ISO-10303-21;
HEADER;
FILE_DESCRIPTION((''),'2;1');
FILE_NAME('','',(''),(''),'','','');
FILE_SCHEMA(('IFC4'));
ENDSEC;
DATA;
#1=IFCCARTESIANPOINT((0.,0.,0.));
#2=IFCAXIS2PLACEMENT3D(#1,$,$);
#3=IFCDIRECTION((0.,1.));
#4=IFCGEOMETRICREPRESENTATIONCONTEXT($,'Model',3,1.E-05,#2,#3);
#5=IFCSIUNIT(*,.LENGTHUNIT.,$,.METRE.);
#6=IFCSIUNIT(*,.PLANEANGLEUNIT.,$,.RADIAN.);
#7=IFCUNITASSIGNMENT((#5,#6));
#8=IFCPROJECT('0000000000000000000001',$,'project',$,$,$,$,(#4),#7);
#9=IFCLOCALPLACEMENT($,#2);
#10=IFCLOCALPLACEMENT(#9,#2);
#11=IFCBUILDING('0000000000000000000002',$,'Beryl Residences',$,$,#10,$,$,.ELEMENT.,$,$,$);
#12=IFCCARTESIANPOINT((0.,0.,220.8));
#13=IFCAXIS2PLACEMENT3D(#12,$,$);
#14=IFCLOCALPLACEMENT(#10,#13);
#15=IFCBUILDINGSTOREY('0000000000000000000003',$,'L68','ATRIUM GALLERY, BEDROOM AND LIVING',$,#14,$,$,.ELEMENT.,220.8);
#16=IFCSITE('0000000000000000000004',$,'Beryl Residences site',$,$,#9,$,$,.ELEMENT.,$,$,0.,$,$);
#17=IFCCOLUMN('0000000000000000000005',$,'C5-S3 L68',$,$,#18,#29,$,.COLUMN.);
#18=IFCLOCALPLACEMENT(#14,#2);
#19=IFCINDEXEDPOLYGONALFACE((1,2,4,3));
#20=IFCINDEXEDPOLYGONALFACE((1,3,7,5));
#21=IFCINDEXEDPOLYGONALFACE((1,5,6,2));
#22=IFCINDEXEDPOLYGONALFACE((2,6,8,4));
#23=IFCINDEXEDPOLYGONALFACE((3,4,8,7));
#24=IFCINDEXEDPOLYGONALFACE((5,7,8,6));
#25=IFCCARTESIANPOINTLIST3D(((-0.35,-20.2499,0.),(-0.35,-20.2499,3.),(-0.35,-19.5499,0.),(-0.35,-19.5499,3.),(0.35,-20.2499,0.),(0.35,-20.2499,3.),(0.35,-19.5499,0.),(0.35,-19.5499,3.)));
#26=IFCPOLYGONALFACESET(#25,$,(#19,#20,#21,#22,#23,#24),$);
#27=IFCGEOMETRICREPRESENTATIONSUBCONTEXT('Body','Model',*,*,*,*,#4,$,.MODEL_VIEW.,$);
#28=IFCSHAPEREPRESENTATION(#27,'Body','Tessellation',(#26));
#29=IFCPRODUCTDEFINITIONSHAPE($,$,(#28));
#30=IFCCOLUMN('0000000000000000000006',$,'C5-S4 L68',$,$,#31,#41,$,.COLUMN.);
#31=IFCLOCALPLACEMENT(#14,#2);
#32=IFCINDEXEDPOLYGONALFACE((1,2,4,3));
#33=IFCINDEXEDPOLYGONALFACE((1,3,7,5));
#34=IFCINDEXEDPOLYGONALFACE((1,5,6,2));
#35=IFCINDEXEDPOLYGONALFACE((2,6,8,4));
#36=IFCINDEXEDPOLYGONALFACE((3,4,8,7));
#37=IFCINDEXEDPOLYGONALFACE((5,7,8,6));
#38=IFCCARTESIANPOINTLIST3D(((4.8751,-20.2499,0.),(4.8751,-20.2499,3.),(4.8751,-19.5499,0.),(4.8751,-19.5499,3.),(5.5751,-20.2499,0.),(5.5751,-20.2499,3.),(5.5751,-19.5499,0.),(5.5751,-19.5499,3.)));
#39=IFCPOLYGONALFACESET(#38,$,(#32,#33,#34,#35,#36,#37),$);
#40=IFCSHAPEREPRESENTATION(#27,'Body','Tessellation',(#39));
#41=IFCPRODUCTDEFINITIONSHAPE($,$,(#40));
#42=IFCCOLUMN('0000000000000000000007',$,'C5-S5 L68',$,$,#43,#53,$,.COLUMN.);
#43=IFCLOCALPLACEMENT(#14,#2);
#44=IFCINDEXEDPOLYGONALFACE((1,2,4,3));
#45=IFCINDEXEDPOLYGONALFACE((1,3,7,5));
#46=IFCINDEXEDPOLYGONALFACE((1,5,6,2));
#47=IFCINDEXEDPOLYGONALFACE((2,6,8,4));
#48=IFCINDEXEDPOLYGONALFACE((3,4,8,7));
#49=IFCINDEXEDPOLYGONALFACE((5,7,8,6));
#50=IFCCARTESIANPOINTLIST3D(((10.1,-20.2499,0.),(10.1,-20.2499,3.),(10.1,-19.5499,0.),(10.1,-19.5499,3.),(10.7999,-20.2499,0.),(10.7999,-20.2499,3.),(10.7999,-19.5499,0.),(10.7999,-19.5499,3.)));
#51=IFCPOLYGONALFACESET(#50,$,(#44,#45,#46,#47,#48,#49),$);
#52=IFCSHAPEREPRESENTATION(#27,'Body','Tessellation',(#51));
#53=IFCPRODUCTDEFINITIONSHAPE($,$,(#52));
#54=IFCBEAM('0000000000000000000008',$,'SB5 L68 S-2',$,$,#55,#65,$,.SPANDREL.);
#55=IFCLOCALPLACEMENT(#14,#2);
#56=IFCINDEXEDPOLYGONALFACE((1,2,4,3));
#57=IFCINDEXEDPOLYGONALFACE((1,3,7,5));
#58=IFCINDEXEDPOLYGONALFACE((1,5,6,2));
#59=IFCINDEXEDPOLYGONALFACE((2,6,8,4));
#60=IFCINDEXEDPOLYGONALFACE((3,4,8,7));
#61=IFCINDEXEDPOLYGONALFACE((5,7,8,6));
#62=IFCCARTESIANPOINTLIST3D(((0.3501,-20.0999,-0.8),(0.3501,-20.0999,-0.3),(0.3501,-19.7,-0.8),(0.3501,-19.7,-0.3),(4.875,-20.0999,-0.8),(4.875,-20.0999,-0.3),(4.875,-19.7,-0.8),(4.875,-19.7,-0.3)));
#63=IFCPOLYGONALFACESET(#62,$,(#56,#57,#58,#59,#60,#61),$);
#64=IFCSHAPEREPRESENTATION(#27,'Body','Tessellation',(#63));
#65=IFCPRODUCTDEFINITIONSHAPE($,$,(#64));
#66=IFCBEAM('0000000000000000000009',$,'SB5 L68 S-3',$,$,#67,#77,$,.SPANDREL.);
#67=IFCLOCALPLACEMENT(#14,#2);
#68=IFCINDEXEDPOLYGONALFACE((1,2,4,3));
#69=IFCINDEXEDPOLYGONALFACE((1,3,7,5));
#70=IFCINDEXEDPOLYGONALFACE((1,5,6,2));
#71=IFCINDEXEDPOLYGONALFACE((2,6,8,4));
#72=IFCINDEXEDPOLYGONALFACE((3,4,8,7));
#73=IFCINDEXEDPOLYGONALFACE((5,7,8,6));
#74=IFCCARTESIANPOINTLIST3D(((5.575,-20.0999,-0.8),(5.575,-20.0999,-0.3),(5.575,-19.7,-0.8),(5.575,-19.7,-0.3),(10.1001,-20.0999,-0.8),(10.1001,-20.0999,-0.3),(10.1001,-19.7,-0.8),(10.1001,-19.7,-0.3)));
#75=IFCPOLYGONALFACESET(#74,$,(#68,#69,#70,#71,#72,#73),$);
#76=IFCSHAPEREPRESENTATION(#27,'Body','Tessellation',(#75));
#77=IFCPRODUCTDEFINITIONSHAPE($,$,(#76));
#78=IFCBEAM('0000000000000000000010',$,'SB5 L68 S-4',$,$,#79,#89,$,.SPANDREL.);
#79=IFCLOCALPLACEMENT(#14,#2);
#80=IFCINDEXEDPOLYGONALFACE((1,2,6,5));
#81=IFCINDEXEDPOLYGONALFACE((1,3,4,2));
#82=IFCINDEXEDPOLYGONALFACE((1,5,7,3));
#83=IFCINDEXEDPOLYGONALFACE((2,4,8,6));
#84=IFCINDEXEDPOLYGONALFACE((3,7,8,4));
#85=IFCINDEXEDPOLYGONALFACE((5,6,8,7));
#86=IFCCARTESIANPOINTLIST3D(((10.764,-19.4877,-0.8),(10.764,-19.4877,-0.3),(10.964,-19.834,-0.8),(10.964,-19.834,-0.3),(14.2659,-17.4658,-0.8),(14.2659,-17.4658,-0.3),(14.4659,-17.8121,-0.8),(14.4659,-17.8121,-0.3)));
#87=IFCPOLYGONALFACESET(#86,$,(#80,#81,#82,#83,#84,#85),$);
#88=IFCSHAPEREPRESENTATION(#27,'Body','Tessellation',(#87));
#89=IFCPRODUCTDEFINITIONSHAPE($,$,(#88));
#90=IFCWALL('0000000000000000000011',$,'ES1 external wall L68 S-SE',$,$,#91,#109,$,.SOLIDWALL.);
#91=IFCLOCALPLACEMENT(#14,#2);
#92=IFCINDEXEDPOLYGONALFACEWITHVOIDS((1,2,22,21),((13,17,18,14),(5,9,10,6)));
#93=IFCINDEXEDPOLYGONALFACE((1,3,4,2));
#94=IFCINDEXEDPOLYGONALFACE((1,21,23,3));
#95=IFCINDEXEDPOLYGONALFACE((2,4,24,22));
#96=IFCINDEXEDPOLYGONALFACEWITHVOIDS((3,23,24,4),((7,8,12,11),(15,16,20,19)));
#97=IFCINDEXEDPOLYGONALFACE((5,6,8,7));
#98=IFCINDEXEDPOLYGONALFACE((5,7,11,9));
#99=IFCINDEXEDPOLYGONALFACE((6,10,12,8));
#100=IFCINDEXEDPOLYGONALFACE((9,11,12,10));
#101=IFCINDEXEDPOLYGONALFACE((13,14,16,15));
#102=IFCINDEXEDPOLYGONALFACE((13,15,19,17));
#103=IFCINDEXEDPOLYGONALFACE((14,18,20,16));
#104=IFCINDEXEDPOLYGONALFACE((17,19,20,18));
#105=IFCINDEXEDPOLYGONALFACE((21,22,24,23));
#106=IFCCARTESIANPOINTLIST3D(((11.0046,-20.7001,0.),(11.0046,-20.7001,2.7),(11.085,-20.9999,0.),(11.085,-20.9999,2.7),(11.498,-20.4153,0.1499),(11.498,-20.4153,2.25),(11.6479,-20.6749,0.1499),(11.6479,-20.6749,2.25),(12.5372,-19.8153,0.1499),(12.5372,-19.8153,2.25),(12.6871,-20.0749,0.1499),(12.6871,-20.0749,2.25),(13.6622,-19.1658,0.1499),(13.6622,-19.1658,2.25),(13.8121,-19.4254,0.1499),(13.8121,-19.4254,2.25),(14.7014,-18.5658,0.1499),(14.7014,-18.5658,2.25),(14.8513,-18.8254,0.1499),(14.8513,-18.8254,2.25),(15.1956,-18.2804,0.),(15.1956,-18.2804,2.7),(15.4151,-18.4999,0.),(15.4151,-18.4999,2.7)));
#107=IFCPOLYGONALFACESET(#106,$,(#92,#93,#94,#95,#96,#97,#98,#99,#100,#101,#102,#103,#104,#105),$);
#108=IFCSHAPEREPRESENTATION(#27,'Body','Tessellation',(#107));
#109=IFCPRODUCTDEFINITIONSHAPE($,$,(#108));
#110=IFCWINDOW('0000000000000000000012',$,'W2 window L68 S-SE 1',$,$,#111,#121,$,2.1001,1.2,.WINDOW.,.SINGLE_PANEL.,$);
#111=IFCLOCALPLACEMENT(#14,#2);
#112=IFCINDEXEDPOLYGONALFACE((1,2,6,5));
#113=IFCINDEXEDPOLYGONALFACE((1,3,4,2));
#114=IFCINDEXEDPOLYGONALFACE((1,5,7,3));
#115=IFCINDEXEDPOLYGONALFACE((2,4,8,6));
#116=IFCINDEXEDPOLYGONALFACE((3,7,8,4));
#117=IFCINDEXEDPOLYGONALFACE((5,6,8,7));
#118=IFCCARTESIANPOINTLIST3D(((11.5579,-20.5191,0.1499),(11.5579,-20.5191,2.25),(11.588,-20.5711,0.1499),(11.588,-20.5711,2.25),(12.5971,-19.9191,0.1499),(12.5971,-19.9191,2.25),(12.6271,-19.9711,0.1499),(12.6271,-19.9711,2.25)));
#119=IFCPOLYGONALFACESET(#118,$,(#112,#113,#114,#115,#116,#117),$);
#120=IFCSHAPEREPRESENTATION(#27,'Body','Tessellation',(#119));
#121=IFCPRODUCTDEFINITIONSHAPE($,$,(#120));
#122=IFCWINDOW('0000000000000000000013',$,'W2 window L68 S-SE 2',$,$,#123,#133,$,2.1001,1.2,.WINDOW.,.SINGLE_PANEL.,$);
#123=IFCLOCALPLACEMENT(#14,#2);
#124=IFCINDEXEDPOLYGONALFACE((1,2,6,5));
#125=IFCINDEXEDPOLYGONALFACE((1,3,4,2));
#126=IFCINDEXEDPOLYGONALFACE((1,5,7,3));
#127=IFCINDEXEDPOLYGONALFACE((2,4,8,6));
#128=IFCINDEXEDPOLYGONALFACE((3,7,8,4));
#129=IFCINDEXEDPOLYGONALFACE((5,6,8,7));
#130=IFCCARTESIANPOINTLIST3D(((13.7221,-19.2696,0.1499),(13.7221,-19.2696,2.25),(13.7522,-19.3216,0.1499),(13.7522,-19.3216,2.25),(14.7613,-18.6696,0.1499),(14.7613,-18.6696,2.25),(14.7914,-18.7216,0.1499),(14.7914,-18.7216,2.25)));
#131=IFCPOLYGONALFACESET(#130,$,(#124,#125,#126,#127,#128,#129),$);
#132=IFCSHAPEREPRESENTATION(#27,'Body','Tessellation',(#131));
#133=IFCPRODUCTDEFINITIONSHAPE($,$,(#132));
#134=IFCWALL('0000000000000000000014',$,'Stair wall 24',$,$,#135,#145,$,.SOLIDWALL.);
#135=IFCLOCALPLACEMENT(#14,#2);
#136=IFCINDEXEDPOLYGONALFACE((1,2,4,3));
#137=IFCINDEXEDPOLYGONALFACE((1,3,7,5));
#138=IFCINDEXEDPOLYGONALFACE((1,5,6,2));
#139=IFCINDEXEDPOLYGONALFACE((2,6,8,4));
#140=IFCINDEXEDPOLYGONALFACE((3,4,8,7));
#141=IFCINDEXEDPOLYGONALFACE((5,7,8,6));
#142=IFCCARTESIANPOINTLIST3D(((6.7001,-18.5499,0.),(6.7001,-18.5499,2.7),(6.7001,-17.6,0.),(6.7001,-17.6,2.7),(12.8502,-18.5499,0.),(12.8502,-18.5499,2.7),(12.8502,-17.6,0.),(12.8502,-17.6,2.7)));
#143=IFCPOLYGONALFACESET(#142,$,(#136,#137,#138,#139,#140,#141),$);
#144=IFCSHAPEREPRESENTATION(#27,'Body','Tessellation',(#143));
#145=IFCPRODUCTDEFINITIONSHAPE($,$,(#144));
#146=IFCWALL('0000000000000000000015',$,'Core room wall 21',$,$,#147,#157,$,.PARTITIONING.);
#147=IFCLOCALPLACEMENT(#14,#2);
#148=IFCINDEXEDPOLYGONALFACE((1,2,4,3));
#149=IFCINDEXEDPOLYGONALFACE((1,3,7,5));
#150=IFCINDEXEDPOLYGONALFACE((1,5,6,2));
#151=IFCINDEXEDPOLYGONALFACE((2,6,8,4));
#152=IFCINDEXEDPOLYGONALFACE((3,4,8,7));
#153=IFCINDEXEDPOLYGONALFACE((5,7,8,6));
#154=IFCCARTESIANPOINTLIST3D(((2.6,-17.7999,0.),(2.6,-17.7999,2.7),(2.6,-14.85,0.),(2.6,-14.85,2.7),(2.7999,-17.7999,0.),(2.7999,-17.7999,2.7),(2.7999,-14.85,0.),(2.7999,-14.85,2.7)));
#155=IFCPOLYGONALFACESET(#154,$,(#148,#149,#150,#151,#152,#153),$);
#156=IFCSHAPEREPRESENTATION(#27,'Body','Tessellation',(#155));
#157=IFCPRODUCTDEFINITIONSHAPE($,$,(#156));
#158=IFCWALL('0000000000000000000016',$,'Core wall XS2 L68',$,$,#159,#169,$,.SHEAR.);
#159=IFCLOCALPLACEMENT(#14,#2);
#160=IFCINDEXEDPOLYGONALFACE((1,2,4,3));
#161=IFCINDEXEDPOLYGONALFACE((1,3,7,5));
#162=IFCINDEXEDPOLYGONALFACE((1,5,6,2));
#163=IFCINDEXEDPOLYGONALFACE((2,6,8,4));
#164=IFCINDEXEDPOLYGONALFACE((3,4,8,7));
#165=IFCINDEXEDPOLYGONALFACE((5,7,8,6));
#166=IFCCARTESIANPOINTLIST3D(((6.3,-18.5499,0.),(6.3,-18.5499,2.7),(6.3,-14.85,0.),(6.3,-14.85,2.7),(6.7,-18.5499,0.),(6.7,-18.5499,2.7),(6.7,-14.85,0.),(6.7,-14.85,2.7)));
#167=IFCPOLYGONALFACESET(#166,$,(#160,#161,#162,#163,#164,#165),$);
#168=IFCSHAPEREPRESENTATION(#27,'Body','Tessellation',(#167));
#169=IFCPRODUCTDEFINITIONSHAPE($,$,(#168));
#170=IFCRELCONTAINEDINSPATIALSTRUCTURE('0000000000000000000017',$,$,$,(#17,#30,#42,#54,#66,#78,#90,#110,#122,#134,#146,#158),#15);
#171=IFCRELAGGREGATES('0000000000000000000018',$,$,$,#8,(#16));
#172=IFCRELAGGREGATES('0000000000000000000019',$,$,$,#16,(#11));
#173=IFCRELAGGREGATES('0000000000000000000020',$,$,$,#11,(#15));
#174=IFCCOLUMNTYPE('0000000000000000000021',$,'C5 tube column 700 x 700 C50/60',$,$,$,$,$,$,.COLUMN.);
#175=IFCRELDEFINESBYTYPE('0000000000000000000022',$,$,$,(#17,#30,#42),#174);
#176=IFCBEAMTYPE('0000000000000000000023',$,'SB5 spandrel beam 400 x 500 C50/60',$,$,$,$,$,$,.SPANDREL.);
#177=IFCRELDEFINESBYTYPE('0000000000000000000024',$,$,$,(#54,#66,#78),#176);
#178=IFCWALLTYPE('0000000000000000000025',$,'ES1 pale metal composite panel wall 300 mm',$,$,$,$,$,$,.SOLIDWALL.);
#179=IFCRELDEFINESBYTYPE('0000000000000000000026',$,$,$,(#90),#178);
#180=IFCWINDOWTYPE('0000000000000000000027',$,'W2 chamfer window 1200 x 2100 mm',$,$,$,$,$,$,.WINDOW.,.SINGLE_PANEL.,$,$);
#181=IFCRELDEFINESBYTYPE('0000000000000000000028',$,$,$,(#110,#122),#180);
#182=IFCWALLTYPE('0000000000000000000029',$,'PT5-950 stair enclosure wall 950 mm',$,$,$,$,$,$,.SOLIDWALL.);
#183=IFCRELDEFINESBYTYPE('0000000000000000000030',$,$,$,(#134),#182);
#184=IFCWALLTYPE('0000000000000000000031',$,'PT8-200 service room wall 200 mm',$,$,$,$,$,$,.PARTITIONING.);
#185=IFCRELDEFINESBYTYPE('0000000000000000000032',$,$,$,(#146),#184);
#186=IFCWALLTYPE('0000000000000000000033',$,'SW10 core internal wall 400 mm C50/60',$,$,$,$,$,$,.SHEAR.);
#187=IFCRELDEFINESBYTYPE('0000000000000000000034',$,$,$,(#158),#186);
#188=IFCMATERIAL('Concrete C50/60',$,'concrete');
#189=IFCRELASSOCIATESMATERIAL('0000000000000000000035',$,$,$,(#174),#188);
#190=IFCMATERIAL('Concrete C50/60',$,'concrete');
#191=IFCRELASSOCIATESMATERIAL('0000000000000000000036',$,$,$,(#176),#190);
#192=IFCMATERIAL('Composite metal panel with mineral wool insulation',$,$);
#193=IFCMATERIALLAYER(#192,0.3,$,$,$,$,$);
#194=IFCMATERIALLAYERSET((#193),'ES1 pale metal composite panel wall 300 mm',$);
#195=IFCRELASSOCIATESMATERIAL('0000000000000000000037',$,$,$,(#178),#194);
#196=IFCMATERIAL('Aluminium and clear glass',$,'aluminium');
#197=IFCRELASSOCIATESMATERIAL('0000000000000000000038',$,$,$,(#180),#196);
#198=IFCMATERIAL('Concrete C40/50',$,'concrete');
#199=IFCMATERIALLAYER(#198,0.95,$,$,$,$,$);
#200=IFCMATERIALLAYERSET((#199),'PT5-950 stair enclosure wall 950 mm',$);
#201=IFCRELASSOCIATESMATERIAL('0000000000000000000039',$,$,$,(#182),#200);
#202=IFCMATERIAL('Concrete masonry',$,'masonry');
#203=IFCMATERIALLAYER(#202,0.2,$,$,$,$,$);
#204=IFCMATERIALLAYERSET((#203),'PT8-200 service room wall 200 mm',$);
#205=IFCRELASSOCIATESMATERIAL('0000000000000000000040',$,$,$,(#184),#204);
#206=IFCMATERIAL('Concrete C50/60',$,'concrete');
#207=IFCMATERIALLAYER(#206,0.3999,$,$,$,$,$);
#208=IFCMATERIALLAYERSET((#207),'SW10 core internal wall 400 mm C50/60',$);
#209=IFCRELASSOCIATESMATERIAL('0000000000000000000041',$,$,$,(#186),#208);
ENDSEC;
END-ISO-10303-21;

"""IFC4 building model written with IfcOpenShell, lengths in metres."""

from ifc_helpers import new_model, si_unit, direction, frame, frame_2d, origin, origin_2d, place, context, subcontext, project, spatial, polyline, rectangle, outline, extrude, material, layer, layer_set, material_profile, profile_set, type_object, element, fill, save


model = new_model("IFC4")

# Units and contexts
model_context = context("Model", 3, precision=1e-05, world=origin(), true_north=direction((0.0, 1.0)))
body_context = subcontext(model_context, "Body", "Model", "MODEL_VIEW")
ifc_project = project(units=[si_unit("LENGTHUNIT", "METRE"), si_unit("PLANEANGLEUNIT", "RADIAN")], contexts=[model_context])

# Site, building, storey
site_placement = place(None, origin())
site = spatial("IfcSite", under=ifc_project, at=site_placement, Name="Beryl Residences site", CompositionType="ELEMENT", RefElevation=0.0)
building_placement = place(site_placement, origin())
building = spatial("IfcBuilding", under=site, at=building_placement, Name="Beryl Residences", CompositionType="ELEMENT")
storey_placement = place(building_placement, frame((0.0, 0.0, 220.8)))
storey = spatial("IfcBuildingStorey", under=building, at=storey_placement, Name="L68", Description="ATRIUM GALLERY, BEDROOM AND LIVING", CompositionType="ELEMENT", Elevation=220.8)

# Columns
ifc_material_1 = material(Name="Concrete C50/60", Category="concrete")
ifc_material_profile_1 = material_profile(ifc_material_1, rectangle(XDim=0.7, YDim=0.7, at=origin_2d()))
ifc_profile_set_1 = profile_set([ifc_material_profile_1], Name="Concrete C50/60")
column_type = type_object("IfcColumnType", Name="C5 tube column 700 x 700 C50/60", PredefinedType="COLUMN", material=ifc_profile_set_1)
for number, where, z_axis, x_axis, name in (
    (1, (0.0, -19.8999, 0.0), (0.0, 0.0, 1.0), (1.0, 0.0, 0.0), "C5-S3 L68"),
    (2, (5.2251, -19.8999, 0.0), (0.0, 0.0, 1.0), (1.0, 0.0, 0.0), "C5-S4 L68"),
    (3, (10.45, -19.8999, 0.0), (0.0, 0.0, 1.0), (1.0, 0.0, 0.0), "C5-S5 L68"),
):
    element("IfcColumn", number, at=place(storey_placement, frame(where, z_axis=z_axis, x_axis=x_axis)), inside=storey, type_object=column_type, Name=name, PredefinedType="COLUMN", context=body_context, shape_type="SweptSolid", body=[
        extrude(rectangle(XDim=0.7, YDim=0.7, at=origin_2d()), origin(), (0.0, 0.0, 1.0), 3.0),
    ])

# Beams
ifc_material_2 = material(Name="Concrete C50/60", Category="concrete")
ifc_material_profile_2 = material_profile(ifc_material_2, rectangle(XDim=0.3999, YDim=0.5, at=origin_2d()))
ifc_profile_set_2 = profile_set([ifc_material_profile_2], Name="Concrete C50/60")
beam_type = type_object("IfcBeamType", Name="SB5 spandrel beam 400 x 500 C50/60", PredefinedType="SPANDREL", material=ifc_profile_set_2)
beam_1_placement = place(storey_placement, frame((0.3501, -19.8999, -0.55), z_axis=(1.0, 0.0, 0.0), x_axis=(0.0, 1.0, 0.0)))
element("IfcBeam", 4, at=beam_1_placement, inside=storey, type_object=beam_type, Name="SB5 L68 S-2", PredefinedType="SPANDREL", context=body_context, shape_type="SweptSolid", body=[
    extrude(rectangle(XDim=0.3999, YDim=0.5, at=origin_2d()), origin(), (0.0, 0.0, 1.0), 4.5249),
])
beam_2_placement = place(storey_placement, frame((5.575, -19.8999, -0.55), z_axis=(1.0, 0.0, 0.0), x_axis=(0.0, 1.0, 0.0)))
element("IfcBeam", 5, at=beam_2_placement, inside=storey, type_object=beam_type, Name="SB5 L68 S-3", PredefinedType="SPANDREL", context=body_context, shape_type="SweptSolid", body=[
    extrude(rectangle(XDim=0.3999, YDim=0.5, at=origin_2d()), origin(), (0.0, 0.0, 1.0), 4.5251),
])
beam_3_placement = place(storey_placement, frame((10.864, -19.6609, -0.55), z_axis=(0.866013, 0.500022, 0.0), x_axis=(-0.500022, 0.866013, 0.0)))
element("IfcBeam", 6, at=beam_3_placement, inside=storey, type_object=beam_type, Name="SB5 L68 S-4", PredefinedType="SPANDREL", context=body_context, shape_type="SweptSolid", body=[
    extrude(rectangle(XDim=0.3999, YDim=0.5, at=origin_2d()), origin(), (0.0, 0.0, 1.0), 4.0437),
])

# Wall, openings, windows
ifc_material_3 = material(Name="Composite metal panel with mineral wool insulation")
ifc_layer_1 = layer(ifc_material_3, 0.3)
ifc_layer_set_1 = layer_set([ifc_layer_1], Name="ES1 pale metal composite panel wall 300 mm")
wall_type_1 = type_object("IfcWallType", Name="ES1 pale metal composite panel wall 300 mm", PredefinedType="SOLIDWALL", material=ifc_layer_set_1)
wall_1_placement = place(storey_placement, frame((11.01, -20.8701, 0.0), z_axis=(0.0, 0.0, 1.0), x_axis=(0.866023, 0.500004, 0.0)))
wall_1 = element("IfcWall", 7, at=wall_1_placement, inside=storey, type_object=wall_type_1, Name="ES1 external wall L68 S-SE", PredefinedType="SOLIDWALL", context=body_context, shape_type="SweptSolid", body=[
    extrude(outline(polyline([(0.0, -0.1499), (5.0, -0.1499), (4.9197, 0.1499), (0.0803, 0.1499), (0.0, -0.1499)])), origin(), (0.0, 0.0, 1.0), 2.7),
])
opening_1_placement = place(wall_1_placement, frame((0.6499, 0.0, 0.1499)))
opening_1 = element("IfcOpeningElement", 8, at=opening_1_placement, cuts=wall_1, PredefinedType="OPENING", context=body_context, shape_type="SweptSolid", body=[
    extrude(rectangle(XDim=1.2, YDim=2.1001, at=frame_2d((0.6001, 1.05))), frame((0.0, 0.1599, 0.0), z_axis=(0.0, -1.0, 0.0), x_axis=(1.0, 0.0, 0.0)), (0.0, 0.0, 1.0), 0.3201),
])
opening_2_placement = place(wall_1_placement, frame((3.1489, 0.0, 0.1499)))
opening_2 = element("IfcOpeningElement", 9, at=opening_2_placement, cuts=wall_1, PredefinedType="OPENING", context=body_context, shape_type="SweptSolid", body=[
    extrude(rectangle(XDim=1.2, YDim=2.1001, at=frame_2d((0.6001, 1.05))), frame((0.0, 0.1599, 0.0), z_axis=(0.0, -1.0, 0.0), x_axis=(1.0, 0.0, 0.0)), (0.0, 0.0, 1.0), 0.3201),
])
ifc_material_4 = material(Name="Aluminium and clear glass", Category="aluminium")
window_type = type_object("IfcWindowType", Name="W2 chamfer window 1200 x 2100 mm", PartitioningType="SINGLE_PANEL", PredefinedType="WINDOW", material=ifc_material_4)
window_1_placement = place(opening_1_placement, origin())
window_1 = element("IfcWindow", 10, at=window_1_placement, inside=storey, type_object=window_type, Name="W2 window L68 S-SE 1", OverallHeight=2.1001, OverallWidth=1.2, PartitioningType="SINGLE_PANEL", PredefinedType="WINDOW", context=body_context, shape_type="SweptSolid", body=[
    extrude(rectangle(XDim=1.2, YDim=2.1001, at=frame_2d((0.6001, 1.05))), frame((0.0, 0.03, 0.0), z_axis=(0.0, -1.0, 0.0), x_axis=(1.0, 0.0, 0.0)), (0.0, 0.0, 1.0), 0.0601),
])
fill(opening_1, window_1)
window_2_placement = place(opening_2_placement, origin())
window_2 = element("IfcWindow", 11, at=window_2_placement, inside=storey, type_object=window_type, Name="W2 window L68 S-SE 2", OverallHeight=2.1001, OverallWidth=1.2, PartitioningType="SINGLE_PANEL", PredefinedType="WINDOW", context=body_context, shape_type="SweptSolid", body=[
    extrude(rectangle(XDim=1.2, YDim=2.1001, at=frame_2d((0.6001, 1.05))), frame((0.0, 0.03, 0.0), z_axis=(0.0, -1.0, 0.0), x_axis=(1.0, 0.0, 0.0)), (0.0, 0.0, 1.0), 0.0601),
])
fill(opening_2, window_2)

# Walls
ifc_material_5 = material(Name="Concrete C40/50", Category="concrete")
ifc_layer_2 = layer(ifc_material_5, 0.95)
ifc_layer_set_2 = layer_set([ifc_layer_2], Name="PT5-950 stair enclosure wall 950 mm")
wall_type_2 = type_object("IfcWallType", Name="PT5-950 stair enclosure wall 950 mm", PredefinedType="SOLIDWALL", material=ifc_layer_set_2)
wall_2_placement = place(storey_placement, frame((6.7, -18.075, 0.0), z_axis=(0.0, 0.0, 1.0), x_axis=(1.0, 0.0, 0.0)))
element("IfcWall", 12, at=wall_2_placement, inside=storey, type_object=wall_type_2, Name="Stair wall 24", PredefinedType="SOLIDWALL", context=body_context, shape_type="SweptSolid", body=[
    extrude(rectangle(XDim=6.1501, YDim=0.95, at=frame_2d((3.0752, 0.0))), origin(), (0.0, 0.0, 1.0), 2.7),
])
ifc_material_6 = material(Name="Concrete masonry", Category="masonry")
ifc_layer_3 = layer(ifc_material_6, 0.2)
ifc_layer_set_3 = layer_set([ifc_layer_3], Name="PT8-200 service room wall 200 mm")
wall_type_3 = type_object("IfcWallType", Name="PT8-200 service room wall 200 mm", PredefinedType="PARTITIONING", material=ifc_layer_set_3)
wall_3_placement = place(storey_placement, frame((2.7, -17.8, 0.0), z_axis=(0.0, 0.0, 1.0), x_axis=(0.0, 1.0, 0.0)))
element("IfcWall", 13, at=wall_3_placement, inside=storey, type_object=wall_type_3, Name="Core room wall 21", PredefinedType="PARTITIONING", context=body_context, shape_type="SweptSolid", body=[
    extrude(rectangle(XDim=2.95, YDim=0.2, at=frame_2d((1.4751, 0.0))), origin(), (0.0, 0.0, 1.0), 2.7),
])
ifc_material_7 = material(Name="Concrete C50/60", Category="concrete")
ifc_layer_4 = layer(ifc_material_7, 0.3999)
ifc_layer_set_4 = layer_set([ifc_layer_4], Name="SW10 core internal wall 400 mm C50/60")
wall_type_4 = type_object("IfcWallType", Name="SW10 core internal wall 400 mm C50/60", PredefinedType="SHEAR", material=ifc_layer_set_4)
wall_4_placement = place(storey_placement, frame((6.5, -18.55, 0.0), z_axis=(0.0, 0.0, 1.0), x_axis=(0.0, 1.0, 0.0)))
element("IfcWall", 14, at=wall_4_placement, inside=storey, type_object=wall_type_4, Name="Core wall XS2 L68", PredefinedType="SHEAR", context=body_context, shape_type="SweptSolid", body=[
    extrude(rectangle(XDim=3.7, YDim=0.3999, at=frame_2d((1.8501, 0.0))), origin(), (0.0, 0.0, 1.0), 2.7),
])

save(model, "model.ifc")
